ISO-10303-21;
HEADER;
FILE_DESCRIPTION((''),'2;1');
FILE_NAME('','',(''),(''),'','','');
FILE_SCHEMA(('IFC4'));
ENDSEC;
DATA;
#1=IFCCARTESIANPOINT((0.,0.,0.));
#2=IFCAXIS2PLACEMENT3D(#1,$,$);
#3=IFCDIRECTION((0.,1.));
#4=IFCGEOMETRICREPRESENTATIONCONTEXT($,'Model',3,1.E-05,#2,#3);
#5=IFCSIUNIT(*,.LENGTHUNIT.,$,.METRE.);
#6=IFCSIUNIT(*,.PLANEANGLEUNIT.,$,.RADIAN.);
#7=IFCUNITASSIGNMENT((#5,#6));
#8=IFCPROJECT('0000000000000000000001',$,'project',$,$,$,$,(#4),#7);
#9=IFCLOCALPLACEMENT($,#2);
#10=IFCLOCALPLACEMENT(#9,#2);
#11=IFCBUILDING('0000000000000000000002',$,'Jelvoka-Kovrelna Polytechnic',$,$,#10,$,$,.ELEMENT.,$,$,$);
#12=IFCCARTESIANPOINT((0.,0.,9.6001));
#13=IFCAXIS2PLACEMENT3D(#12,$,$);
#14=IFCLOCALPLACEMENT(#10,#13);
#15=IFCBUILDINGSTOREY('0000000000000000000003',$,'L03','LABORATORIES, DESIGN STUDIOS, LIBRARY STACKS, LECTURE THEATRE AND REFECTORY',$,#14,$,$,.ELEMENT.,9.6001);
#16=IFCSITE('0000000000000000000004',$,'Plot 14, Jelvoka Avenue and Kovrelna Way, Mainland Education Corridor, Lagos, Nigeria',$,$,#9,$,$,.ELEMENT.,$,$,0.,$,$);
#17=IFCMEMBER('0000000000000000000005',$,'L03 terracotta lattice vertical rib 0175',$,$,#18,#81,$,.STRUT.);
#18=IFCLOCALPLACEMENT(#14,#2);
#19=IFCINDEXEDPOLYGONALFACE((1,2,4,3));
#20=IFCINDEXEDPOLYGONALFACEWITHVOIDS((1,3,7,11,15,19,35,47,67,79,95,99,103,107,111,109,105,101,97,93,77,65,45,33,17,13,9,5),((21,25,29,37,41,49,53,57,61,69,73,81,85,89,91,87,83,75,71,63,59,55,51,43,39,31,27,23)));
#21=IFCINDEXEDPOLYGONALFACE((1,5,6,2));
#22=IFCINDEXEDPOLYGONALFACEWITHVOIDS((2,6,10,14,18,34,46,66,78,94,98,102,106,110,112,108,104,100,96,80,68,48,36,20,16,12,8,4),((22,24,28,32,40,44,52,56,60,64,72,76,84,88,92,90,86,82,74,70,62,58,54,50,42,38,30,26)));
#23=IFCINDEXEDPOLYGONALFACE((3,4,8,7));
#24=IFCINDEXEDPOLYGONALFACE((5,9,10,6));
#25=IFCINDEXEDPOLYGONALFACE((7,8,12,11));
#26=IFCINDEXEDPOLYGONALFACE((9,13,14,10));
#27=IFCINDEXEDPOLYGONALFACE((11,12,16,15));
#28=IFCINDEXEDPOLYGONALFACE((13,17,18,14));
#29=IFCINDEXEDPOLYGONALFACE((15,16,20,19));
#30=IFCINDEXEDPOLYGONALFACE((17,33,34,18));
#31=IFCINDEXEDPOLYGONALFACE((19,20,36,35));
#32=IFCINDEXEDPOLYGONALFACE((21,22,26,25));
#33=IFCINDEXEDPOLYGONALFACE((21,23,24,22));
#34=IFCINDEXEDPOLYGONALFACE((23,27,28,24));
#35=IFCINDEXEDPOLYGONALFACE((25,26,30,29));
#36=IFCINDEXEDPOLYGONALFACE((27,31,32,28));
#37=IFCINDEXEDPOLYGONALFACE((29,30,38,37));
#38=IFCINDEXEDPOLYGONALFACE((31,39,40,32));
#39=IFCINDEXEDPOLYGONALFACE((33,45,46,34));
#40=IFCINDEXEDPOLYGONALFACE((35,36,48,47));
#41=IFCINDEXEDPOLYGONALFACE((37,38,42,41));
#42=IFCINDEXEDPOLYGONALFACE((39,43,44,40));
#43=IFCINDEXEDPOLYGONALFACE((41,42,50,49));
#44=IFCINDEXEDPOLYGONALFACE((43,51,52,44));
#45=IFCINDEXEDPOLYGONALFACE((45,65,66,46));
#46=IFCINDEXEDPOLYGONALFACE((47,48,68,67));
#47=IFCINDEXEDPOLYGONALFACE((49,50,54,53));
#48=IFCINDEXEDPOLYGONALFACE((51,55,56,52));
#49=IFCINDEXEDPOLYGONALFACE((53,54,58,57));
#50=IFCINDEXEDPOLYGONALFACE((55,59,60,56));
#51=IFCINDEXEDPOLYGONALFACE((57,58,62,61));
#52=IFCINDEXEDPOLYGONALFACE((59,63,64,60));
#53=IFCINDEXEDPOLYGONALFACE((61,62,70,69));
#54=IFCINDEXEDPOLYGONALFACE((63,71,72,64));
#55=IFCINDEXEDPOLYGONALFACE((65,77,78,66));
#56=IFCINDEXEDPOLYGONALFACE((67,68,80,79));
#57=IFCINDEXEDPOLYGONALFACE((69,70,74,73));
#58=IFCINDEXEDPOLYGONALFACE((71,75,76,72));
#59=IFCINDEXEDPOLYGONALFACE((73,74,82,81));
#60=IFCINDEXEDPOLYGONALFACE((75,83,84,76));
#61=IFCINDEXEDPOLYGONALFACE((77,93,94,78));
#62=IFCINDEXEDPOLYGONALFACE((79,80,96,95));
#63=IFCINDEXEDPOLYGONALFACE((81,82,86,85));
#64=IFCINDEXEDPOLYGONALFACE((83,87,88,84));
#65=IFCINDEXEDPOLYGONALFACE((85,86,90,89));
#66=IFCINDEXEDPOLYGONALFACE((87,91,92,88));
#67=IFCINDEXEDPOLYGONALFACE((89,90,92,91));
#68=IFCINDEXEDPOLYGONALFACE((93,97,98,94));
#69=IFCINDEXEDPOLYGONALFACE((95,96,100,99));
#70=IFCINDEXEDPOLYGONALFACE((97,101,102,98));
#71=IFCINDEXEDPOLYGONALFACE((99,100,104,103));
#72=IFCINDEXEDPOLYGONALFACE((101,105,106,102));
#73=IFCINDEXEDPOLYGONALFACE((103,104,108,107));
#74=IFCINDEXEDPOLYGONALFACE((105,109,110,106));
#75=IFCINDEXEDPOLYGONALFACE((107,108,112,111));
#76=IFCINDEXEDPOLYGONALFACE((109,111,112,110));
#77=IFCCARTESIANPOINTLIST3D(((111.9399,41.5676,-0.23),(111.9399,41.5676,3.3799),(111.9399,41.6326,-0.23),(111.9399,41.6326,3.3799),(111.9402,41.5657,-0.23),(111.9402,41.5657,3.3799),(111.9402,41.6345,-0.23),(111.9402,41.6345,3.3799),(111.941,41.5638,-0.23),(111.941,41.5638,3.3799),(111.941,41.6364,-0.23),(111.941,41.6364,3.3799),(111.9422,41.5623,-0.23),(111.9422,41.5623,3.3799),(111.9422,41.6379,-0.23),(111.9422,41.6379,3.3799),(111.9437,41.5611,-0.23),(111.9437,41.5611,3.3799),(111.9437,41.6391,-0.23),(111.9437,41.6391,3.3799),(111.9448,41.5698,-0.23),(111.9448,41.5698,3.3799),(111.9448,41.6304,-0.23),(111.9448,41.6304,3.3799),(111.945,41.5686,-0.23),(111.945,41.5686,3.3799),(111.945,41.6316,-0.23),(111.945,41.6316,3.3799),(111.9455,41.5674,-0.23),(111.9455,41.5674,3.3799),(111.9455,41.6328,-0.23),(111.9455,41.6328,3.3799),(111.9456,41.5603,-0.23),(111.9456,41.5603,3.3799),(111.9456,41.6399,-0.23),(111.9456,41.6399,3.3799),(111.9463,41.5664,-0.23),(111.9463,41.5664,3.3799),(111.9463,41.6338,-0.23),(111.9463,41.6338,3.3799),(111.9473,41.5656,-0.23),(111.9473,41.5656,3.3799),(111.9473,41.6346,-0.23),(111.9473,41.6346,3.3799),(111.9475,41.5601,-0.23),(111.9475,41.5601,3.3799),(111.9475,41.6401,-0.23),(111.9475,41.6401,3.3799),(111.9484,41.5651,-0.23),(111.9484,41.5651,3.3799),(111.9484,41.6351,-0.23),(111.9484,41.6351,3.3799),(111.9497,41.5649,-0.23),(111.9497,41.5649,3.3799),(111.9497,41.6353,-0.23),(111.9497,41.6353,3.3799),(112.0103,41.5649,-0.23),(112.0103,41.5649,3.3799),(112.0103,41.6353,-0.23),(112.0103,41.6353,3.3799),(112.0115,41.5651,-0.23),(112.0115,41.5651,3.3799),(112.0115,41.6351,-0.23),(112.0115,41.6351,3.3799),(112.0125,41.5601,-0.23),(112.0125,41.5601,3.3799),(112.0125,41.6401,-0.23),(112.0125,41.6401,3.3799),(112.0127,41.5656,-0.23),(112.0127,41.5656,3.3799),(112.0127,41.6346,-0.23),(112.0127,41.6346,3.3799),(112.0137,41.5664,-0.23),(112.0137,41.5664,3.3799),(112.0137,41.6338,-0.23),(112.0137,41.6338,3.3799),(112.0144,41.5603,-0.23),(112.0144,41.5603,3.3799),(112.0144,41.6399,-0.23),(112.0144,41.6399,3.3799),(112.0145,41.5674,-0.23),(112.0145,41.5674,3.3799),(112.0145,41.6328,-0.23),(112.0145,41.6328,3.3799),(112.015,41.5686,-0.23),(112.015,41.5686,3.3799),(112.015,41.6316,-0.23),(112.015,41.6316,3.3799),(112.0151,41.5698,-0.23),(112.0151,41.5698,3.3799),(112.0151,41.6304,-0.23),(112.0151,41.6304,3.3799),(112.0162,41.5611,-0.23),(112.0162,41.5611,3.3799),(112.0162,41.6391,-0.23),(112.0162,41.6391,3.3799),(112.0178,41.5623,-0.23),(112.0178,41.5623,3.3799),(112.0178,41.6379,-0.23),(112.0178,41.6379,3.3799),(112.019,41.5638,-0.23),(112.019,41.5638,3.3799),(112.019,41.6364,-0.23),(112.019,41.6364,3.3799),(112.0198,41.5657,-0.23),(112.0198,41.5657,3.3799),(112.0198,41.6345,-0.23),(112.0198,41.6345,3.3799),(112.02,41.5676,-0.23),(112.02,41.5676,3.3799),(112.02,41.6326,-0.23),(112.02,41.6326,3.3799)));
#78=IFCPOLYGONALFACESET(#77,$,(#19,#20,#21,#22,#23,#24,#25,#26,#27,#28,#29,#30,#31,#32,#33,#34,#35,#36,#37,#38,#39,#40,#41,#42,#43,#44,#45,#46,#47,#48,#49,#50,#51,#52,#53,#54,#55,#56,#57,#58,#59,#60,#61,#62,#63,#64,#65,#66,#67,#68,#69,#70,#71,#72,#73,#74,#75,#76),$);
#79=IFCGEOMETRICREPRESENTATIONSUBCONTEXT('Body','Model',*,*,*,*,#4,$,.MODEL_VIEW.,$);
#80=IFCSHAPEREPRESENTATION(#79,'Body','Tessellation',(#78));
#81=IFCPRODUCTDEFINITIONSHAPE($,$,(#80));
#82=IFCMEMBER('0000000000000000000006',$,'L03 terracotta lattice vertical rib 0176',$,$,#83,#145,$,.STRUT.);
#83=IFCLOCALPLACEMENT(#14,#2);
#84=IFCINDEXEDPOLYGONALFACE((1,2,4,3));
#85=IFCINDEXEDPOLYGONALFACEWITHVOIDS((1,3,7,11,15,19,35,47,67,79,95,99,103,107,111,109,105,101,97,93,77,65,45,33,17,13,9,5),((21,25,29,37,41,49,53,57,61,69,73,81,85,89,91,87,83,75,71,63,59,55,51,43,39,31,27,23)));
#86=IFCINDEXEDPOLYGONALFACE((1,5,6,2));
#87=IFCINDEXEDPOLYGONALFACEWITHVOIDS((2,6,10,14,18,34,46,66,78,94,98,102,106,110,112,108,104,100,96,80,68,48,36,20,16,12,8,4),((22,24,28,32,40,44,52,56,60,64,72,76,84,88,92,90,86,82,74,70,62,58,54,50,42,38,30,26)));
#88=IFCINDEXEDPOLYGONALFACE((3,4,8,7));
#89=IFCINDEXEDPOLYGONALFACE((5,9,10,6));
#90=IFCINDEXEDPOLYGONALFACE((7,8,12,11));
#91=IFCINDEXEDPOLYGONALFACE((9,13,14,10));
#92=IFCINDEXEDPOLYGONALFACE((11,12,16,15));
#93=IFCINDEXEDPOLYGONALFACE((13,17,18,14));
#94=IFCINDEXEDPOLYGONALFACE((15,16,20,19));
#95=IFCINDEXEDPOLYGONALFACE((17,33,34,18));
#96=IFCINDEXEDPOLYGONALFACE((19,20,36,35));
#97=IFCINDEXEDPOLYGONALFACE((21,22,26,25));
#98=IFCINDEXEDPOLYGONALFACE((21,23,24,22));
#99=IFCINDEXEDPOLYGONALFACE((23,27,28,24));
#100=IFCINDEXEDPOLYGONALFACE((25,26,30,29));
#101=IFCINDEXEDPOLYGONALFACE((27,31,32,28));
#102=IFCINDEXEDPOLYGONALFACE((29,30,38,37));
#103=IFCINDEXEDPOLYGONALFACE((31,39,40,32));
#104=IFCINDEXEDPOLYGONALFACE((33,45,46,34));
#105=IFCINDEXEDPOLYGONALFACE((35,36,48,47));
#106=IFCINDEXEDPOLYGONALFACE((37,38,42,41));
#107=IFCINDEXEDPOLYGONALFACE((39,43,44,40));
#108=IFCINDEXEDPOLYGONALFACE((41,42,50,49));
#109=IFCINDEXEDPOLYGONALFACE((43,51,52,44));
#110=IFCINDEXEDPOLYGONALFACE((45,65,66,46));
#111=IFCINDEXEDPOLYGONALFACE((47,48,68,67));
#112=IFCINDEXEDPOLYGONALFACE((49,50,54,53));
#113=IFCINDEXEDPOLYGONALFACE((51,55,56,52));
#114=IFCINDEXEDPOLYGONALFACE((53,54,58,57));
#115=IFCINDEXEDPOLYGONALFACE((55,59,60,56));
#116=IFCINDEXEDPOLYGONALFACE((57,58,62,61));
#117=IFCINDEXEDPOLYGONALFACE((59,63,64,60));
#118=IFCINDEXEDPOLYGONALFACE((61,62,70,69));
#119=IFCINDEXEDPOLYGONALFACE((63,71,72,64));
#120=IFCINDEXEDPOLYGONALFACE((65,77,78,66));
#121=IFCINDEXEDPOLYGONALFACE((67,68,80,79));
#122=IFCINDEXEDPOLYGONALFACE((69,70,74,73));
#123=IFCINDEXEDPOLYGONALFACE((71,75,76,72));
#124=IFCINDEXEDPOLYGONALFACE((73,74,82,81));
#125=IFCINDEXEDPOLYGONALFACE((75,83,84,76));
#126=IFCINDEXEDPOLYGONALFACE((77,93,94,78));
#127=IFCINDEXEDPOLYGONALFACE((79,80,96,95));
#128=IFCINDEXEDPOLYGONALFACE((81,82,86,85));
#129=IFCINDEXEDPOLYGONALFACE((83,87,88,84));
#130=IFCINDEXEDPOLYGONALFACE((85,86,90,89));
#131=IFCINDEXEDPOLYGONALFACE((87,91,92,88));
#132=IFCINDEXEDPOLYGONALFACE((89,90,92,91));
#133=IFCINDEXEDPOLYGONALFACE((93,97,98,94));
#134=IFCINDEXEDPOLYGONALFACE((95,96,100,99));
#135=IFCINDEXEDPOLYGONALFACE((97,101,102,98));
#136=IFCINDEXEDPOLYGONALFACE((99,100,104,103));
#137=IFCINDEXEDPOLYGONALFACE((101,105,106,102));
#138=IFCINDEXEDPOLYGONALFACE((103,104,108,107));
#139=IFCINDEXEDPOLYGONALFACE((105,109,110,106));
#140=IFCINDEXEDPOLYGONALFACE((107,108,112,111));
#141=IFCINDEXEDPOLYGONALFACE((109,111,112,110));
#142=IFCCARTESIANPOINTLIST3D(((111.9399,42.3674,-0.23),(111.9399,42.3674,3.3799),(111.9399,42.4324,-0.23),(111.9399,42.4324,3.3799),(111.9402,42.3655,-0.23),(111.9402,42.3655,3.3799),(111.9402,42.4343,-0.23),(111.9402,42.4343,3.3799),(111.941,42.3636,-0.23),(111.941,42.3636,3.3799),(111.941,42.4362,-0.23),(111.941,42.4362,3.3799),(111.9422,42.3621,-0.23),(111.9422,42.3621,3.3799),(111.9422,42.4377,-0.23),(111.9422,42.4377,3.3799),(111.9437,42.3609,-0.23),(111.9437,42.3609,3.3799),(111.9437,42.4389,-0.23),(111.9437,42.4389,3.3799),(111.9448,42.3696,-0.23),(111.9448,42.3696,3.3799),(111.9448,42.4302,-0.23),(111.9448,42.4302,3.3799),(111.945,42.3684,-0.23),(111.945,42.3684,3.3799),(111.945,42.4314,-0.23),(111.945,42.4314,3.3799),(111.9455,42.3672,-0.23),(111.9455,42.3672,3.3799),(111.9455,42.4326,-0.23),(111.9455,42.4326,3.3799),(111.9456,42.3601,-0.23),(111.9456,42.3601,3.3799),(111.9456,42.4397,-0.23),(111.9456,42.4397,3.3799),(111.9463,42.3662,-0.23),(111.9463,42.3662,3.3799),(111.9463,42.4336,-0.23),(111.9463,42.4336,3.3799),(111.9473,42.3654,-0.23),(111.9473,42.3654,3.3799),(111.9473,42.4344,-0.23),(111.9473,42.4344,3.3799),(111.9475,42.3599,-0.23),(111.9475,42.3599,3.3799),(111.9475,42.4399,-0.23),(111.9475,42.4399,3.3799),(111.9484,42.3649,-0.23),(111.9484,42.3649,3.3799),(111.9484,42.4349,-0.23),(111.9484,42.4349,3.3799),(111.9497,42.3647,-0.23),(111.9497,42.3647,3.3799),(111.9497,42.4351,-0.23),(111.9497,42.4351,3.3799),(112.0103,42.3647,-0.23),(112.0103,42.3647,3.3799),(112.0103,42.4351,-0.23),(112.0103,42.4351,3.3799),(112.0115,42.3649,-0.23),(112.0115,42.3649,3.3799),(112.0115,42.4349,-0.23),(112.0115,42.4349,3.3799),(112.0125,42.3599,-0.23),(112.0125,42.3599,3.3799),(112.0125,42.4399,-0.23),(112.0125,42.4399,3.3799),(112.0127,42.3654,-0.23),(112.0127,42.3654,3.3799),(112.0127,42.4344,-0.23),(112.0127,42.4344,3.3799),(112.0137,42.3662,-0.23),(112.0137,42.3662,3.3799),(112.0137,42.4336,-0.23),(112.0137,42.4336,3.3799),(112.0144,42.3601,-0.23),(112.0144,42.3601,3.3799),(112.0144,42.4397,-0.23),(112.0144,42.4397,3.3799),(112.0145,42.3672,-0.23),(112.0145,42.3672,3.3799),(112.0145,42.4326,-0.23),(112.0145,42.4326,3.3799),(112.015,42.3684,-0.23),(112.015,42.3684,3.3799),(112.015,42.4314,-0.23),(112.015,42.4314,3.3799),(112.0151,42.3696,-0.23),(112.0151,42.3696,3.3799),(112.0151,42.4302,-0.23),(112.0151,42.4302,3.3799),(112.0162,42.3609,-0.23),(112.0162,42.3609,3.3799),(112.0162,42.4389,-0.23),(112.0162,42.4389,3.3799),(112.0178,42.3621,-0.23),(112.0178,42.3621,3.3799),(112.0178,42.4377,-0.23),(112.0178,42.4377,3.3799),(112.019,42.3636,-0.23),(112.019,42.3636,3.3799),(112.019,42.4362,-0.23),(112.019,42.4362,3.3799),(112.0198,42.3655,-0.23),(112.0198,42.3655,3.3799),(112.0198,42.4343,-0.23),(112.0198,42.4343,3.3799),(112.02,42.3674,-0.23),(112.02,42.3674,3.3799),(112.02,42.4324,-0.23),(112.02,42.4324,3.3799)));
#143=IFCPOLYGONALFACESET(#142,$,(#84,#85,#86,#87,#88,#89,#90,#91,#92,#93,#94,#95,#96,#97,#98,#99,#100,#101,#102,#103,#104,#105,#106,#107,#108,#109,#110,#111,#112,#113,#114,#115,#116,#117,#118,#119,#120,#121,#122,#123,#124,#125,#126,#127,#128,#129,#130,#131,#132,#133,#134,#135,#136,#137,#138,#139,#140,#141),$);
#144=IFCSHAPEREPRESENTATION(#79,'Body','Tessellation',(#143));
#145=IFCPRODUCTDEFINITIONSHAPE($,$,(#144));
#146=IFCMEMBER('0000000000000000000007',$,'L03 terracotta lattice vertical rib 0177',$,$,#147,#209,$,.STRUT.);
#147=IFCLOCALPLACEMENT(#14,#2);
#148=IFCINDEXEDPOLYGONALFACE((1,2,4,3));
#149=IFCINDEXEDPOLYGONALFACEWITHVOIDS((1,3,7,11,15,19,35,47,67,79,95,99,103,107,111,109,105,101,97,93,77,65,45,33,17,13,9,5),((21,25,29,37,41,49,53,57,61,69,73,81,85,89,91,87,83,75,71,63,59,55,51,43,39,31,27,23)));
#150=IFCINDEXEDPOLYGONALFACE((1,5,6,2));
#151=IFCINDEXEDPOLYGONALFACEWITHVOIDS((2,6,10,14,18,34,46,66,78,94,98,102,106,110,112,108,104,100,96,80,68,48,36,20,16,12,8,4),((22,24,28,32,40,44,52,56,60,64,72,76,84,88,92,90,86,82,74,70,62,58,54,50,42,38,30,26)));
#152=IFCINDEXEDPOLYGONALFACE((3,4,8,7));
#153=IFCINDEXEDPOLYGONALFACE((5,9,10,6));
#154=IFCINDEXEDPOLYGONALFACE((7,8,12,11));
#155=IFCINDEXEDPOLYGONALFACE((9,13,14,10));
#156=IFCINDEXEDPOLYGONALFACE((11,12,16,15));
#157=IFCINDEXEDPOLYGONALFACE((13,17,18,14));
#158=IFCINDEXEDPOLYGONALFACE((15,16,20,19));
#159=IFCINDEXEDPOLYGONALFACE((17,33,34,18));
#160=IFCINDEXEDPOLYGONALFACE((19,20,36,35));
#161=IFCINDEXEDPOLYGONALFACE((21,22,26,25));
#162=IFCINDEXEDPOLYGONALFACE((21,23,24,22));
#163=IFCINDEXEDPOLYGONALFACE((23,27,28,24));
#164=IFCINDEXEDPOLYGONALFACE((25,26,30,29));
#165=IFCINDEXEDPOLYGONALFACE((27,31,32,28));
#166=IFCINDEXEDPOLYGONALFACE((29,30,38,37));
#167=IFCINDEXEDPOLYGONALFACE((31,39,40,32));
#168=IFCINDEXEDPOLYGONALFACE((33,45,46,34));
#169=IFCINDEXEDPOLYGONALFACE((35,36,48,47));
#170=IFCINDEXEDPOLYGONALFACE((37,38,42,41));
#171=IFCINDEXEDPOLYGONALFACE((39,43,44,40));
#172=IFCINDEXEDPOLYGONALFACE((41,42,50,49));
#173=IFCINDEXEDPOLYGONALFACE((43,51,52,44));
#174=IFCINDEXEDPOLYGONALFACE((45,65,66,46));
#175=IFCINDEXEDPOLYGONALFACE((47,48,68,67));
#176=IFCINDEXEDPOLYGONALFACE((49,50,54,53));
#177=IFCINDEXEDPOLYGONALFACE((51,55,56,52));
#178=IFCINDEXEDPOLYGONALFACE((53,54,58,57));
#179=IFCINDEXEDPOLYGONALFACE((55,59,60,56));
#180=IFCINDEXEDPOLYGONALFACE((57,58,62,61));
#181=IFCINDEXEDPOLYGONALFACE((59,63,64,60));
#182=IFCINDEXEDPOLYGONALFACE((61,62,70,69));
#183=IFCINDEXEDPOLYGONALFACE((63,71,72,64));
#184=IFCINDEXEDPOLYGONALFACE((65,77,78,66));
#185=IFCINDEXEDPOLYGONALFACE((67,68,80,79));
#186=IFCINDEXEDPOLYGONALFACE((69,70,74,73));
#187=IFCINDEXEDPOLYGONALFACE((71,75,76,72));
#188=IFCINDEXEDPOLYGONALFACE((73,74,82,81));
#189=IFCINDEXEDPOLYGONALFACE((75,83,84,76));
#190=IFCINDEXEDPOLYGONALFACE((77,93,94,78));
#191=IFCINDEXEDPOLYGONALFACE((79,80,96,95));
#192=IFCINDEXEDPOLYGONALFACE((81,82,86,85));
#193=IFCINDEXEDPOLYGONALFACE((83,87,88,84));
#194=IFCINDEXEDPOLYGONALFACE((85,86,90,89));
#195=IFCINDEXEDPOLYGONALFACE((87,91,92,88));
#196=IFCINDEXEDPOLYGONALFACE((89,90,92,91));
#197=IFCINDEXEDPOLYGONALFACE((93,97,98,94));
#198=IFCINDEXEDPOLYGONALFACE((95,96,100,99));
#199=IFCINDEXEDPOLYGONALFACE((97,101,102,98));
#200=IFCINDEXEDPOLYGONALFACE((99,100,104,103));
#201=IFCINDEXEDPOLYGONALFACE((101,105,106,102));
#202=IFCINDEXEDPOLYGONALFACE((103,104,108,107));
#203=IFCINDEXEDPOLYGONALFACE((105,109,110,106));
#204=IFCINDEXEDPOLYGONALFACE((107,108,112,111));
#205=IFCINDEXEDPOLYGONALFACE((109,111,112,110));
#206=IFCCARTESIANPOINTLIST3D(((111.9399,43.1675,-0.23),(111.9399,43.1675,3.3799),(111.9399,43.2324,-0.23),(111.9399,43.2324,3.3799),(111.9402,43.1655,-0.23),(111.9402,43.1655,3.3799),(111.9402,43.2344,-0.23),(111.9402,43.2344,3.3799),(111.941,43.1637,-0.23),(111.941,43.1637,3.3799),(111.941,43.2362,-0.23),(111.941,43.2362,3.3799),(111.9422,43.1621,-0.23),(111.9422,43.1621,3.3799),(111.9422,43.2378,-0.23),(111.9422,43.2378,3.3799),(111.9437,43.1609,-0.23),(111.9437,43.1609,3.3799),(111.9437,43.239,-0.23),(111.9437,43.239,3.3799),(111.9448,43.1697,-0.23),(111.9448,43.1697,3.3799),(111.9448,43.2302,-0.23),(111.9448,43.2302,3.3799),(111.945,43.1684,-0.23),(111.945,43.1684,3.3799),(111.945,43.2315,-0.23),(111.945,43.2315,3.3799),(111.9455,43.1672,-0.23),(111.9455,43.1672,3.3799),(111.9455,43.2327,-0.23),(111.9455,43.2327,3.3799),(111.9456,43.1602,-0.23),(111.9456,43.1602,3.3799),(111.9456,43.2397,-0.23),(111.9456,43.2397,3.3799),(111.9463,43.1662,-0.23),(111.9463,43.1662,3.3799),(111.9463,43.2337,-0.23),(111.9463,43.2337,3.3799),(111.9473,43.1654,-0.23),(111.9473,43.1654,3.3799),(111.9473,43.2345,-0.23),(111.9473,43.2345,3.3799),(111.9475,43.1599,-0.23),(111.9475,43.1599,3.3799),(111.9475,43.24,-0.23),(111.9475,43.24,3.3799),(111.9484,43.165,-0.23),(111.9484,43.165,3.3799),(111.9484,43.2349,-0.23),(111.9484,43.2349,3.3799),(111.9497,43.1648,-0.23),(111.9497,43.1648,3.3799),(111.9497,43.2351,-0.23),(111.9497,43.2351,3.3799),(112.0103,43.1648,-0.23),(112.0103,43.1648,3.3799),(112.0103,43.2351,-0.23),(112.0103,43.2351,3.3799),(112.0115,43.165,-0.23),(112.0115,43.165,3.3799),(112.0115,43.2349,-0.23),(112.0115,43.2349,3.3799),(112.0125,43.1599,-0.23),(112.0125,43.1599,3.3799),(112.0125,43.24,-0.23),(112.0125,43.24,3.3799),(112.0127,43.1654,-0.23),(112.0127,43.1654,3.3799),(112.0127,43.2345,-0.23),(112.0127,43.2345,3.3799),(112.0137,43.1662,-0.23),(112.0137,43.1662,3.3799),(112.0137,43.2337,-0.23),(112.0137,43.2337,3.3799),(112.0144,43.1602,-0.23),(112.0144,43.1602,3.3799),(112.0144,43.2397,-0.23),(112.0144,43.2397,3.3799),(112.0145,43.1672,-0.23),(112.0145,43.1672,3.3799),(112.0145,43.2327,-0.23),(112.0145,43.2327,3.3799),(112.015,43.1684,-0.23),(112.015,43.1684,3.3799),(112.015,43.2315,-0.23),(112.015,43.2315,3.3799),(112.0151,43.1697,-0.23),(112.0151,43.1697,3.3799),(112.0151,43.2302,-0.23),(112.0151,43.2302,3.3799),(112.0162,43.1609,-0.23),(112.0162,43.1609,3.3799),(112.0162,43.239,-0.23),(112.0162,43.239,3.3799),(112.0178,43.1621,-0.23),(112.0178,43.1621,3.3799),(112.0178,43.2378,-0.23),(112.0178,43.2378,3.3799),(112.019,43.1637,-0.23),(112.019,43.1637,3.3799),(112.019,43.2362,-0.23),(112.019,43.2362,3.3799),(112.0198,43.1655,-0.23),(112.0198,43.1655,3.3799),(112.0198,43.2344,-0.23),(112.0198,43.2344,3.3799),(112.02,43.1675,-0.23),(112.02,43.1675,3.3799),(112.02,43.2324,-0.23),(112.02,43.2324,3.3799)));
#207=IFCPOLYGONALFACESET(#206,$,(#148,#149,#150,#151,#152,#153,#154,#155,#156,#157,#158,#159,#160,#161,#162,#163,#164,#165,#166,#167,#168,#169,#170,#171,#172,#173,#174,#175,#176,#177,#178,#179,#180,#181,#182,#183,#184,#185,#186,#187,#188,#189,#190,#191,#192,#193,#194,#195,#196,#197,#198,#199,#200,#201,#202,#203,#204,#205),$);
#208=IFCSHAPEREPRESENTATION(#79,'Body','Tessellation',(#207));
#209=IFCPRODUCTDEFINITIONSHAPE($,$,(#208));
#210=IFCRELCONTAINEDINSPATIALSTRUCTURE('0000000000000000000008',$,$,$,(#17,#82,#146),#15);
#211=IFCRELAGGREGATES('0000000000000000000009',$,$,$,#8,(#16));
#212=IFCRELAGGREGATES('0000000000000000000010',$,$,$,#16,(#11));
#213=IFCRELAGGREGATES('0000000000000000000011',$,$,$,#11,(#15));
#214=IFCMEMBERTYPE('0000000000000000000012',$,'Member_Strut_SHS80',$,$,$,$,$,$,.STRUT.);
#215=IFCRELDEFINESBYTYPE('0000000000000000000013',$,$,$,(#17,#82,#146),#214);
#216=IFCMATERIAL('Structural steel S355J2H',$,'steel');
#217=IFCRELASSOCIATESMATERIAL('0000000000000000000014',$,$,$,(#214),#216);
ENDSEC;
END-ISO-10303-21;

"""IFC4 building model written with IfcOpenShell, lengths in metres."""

from ifc_helpers import new_model, si_unit, direction, frame, origin, origin_2d, place, context, subcontext, project, spatial, hollow_rectangle, extrude, material, material_profile, profile_set, type_object, element, save


model = new_model("IFC4")

# Units and contexts
model_context = context("Model", 3, precision=1e-05, world=origin(), true_north=direction((0.0, 1.0)))
body_context = subcontext(model_context, "Body", "Model", "MODEL_VIEW")
ifc_project = project(units=[si_unit("LENGTHUNIT", "METRE"), si_unit("PLANEANGLEUNIT", "RADIAN")], contexts=[model_context])

# Site, building, storey
site_placement = place(None, origin())
site = spatial("IfcSite", under=ifc_project, at=site_placement, Name="Plot 14, Jelvoka Avenue and Kovrelna Way, Mainland Education Corridor, Lagos, Nigeria", CompositionType="ELEMENT", RefElevation=0.0)
building_placement = place(site_placement, origin())
building = spatial("IfcBuilding", under=site, at=building_placement, Name="Jelvoka-Kovrelna Polytechnic", CompositionType="ELEMENT")
storey_placement = place(building_placement, frame((0.0, 0.0, 9.6001)))
storey = spatial("IfcBuildingStorey", under=building, at=storey_placement, Name="L03", Description="LABORATORIES, DESIGN STUDIOS, LIBRARY STACKS, LECTURE THEATRE AND REFECTORY", CompositionType="ELEMENT", Elevation=9.6001)

# Members
ifc_material_1 = material(Name="Structural steel S355J2H", Category="steel")
ifc_material_profile_1 = material_profile(ifc_material_1, hollow_rectangle(XDim=0.0801, YDim=0.0801, WallThickness=0.0049, InnerFilletRadius=0.0049, OuterFilletRadius=0.0076, at=origin_2d()), Name="80x80x5.0 SHS")
ifc_profile_set_1 = profile_set([ifc_material_profile_1], Name="Structural steel S355J2H")
member_type_1 = type_object("IfcMemberType", Name="Member_Strut_SHS80", PredefinedType="STRUT", material=ifc_profile_set_1)
for number, where, z_axis, x_axis, name in (
    (1, (111.98, 41.6001, -0.23), (0.0, 0.0, 1.0), (1.0, 0.0, 0.0), "L03 terracotta lattice vertical rib 0175"),
    (2, (111.98, 42.3999, -0.23), (0.0, 0.0, 1.0), (1.0, 0.0, 0.0), "L03 terracotta lattice vertical rib 0176"),
    (3, (111.98, 43.2, -0.23), (0.0, 0.0, 1.0), (1.0, 0.0, 0.0), "L03 terracotta lattice vertical rib 0177"),
):
    element("IfcMember", number, at=place(storey_placement, frame(where, z_axis=z_axis, x_axis=x_axis)), inside=storey, type_object=member_type_1, Name=name, PredefinedType="STRUT", context=body_context, shape_type="SweptSolid", body=[
        extrude(hollow_rectangle(XDim=0.0801, YDim=0.0801, WallThickness=0.0049, InnerFilletRadius=0.0049, OuterFilletRadius=0.0076, at=origin_2d()), origin(), (0.0, 0.0, 1.0), 3.6099),
    ])

save(model, "model.ifc")
